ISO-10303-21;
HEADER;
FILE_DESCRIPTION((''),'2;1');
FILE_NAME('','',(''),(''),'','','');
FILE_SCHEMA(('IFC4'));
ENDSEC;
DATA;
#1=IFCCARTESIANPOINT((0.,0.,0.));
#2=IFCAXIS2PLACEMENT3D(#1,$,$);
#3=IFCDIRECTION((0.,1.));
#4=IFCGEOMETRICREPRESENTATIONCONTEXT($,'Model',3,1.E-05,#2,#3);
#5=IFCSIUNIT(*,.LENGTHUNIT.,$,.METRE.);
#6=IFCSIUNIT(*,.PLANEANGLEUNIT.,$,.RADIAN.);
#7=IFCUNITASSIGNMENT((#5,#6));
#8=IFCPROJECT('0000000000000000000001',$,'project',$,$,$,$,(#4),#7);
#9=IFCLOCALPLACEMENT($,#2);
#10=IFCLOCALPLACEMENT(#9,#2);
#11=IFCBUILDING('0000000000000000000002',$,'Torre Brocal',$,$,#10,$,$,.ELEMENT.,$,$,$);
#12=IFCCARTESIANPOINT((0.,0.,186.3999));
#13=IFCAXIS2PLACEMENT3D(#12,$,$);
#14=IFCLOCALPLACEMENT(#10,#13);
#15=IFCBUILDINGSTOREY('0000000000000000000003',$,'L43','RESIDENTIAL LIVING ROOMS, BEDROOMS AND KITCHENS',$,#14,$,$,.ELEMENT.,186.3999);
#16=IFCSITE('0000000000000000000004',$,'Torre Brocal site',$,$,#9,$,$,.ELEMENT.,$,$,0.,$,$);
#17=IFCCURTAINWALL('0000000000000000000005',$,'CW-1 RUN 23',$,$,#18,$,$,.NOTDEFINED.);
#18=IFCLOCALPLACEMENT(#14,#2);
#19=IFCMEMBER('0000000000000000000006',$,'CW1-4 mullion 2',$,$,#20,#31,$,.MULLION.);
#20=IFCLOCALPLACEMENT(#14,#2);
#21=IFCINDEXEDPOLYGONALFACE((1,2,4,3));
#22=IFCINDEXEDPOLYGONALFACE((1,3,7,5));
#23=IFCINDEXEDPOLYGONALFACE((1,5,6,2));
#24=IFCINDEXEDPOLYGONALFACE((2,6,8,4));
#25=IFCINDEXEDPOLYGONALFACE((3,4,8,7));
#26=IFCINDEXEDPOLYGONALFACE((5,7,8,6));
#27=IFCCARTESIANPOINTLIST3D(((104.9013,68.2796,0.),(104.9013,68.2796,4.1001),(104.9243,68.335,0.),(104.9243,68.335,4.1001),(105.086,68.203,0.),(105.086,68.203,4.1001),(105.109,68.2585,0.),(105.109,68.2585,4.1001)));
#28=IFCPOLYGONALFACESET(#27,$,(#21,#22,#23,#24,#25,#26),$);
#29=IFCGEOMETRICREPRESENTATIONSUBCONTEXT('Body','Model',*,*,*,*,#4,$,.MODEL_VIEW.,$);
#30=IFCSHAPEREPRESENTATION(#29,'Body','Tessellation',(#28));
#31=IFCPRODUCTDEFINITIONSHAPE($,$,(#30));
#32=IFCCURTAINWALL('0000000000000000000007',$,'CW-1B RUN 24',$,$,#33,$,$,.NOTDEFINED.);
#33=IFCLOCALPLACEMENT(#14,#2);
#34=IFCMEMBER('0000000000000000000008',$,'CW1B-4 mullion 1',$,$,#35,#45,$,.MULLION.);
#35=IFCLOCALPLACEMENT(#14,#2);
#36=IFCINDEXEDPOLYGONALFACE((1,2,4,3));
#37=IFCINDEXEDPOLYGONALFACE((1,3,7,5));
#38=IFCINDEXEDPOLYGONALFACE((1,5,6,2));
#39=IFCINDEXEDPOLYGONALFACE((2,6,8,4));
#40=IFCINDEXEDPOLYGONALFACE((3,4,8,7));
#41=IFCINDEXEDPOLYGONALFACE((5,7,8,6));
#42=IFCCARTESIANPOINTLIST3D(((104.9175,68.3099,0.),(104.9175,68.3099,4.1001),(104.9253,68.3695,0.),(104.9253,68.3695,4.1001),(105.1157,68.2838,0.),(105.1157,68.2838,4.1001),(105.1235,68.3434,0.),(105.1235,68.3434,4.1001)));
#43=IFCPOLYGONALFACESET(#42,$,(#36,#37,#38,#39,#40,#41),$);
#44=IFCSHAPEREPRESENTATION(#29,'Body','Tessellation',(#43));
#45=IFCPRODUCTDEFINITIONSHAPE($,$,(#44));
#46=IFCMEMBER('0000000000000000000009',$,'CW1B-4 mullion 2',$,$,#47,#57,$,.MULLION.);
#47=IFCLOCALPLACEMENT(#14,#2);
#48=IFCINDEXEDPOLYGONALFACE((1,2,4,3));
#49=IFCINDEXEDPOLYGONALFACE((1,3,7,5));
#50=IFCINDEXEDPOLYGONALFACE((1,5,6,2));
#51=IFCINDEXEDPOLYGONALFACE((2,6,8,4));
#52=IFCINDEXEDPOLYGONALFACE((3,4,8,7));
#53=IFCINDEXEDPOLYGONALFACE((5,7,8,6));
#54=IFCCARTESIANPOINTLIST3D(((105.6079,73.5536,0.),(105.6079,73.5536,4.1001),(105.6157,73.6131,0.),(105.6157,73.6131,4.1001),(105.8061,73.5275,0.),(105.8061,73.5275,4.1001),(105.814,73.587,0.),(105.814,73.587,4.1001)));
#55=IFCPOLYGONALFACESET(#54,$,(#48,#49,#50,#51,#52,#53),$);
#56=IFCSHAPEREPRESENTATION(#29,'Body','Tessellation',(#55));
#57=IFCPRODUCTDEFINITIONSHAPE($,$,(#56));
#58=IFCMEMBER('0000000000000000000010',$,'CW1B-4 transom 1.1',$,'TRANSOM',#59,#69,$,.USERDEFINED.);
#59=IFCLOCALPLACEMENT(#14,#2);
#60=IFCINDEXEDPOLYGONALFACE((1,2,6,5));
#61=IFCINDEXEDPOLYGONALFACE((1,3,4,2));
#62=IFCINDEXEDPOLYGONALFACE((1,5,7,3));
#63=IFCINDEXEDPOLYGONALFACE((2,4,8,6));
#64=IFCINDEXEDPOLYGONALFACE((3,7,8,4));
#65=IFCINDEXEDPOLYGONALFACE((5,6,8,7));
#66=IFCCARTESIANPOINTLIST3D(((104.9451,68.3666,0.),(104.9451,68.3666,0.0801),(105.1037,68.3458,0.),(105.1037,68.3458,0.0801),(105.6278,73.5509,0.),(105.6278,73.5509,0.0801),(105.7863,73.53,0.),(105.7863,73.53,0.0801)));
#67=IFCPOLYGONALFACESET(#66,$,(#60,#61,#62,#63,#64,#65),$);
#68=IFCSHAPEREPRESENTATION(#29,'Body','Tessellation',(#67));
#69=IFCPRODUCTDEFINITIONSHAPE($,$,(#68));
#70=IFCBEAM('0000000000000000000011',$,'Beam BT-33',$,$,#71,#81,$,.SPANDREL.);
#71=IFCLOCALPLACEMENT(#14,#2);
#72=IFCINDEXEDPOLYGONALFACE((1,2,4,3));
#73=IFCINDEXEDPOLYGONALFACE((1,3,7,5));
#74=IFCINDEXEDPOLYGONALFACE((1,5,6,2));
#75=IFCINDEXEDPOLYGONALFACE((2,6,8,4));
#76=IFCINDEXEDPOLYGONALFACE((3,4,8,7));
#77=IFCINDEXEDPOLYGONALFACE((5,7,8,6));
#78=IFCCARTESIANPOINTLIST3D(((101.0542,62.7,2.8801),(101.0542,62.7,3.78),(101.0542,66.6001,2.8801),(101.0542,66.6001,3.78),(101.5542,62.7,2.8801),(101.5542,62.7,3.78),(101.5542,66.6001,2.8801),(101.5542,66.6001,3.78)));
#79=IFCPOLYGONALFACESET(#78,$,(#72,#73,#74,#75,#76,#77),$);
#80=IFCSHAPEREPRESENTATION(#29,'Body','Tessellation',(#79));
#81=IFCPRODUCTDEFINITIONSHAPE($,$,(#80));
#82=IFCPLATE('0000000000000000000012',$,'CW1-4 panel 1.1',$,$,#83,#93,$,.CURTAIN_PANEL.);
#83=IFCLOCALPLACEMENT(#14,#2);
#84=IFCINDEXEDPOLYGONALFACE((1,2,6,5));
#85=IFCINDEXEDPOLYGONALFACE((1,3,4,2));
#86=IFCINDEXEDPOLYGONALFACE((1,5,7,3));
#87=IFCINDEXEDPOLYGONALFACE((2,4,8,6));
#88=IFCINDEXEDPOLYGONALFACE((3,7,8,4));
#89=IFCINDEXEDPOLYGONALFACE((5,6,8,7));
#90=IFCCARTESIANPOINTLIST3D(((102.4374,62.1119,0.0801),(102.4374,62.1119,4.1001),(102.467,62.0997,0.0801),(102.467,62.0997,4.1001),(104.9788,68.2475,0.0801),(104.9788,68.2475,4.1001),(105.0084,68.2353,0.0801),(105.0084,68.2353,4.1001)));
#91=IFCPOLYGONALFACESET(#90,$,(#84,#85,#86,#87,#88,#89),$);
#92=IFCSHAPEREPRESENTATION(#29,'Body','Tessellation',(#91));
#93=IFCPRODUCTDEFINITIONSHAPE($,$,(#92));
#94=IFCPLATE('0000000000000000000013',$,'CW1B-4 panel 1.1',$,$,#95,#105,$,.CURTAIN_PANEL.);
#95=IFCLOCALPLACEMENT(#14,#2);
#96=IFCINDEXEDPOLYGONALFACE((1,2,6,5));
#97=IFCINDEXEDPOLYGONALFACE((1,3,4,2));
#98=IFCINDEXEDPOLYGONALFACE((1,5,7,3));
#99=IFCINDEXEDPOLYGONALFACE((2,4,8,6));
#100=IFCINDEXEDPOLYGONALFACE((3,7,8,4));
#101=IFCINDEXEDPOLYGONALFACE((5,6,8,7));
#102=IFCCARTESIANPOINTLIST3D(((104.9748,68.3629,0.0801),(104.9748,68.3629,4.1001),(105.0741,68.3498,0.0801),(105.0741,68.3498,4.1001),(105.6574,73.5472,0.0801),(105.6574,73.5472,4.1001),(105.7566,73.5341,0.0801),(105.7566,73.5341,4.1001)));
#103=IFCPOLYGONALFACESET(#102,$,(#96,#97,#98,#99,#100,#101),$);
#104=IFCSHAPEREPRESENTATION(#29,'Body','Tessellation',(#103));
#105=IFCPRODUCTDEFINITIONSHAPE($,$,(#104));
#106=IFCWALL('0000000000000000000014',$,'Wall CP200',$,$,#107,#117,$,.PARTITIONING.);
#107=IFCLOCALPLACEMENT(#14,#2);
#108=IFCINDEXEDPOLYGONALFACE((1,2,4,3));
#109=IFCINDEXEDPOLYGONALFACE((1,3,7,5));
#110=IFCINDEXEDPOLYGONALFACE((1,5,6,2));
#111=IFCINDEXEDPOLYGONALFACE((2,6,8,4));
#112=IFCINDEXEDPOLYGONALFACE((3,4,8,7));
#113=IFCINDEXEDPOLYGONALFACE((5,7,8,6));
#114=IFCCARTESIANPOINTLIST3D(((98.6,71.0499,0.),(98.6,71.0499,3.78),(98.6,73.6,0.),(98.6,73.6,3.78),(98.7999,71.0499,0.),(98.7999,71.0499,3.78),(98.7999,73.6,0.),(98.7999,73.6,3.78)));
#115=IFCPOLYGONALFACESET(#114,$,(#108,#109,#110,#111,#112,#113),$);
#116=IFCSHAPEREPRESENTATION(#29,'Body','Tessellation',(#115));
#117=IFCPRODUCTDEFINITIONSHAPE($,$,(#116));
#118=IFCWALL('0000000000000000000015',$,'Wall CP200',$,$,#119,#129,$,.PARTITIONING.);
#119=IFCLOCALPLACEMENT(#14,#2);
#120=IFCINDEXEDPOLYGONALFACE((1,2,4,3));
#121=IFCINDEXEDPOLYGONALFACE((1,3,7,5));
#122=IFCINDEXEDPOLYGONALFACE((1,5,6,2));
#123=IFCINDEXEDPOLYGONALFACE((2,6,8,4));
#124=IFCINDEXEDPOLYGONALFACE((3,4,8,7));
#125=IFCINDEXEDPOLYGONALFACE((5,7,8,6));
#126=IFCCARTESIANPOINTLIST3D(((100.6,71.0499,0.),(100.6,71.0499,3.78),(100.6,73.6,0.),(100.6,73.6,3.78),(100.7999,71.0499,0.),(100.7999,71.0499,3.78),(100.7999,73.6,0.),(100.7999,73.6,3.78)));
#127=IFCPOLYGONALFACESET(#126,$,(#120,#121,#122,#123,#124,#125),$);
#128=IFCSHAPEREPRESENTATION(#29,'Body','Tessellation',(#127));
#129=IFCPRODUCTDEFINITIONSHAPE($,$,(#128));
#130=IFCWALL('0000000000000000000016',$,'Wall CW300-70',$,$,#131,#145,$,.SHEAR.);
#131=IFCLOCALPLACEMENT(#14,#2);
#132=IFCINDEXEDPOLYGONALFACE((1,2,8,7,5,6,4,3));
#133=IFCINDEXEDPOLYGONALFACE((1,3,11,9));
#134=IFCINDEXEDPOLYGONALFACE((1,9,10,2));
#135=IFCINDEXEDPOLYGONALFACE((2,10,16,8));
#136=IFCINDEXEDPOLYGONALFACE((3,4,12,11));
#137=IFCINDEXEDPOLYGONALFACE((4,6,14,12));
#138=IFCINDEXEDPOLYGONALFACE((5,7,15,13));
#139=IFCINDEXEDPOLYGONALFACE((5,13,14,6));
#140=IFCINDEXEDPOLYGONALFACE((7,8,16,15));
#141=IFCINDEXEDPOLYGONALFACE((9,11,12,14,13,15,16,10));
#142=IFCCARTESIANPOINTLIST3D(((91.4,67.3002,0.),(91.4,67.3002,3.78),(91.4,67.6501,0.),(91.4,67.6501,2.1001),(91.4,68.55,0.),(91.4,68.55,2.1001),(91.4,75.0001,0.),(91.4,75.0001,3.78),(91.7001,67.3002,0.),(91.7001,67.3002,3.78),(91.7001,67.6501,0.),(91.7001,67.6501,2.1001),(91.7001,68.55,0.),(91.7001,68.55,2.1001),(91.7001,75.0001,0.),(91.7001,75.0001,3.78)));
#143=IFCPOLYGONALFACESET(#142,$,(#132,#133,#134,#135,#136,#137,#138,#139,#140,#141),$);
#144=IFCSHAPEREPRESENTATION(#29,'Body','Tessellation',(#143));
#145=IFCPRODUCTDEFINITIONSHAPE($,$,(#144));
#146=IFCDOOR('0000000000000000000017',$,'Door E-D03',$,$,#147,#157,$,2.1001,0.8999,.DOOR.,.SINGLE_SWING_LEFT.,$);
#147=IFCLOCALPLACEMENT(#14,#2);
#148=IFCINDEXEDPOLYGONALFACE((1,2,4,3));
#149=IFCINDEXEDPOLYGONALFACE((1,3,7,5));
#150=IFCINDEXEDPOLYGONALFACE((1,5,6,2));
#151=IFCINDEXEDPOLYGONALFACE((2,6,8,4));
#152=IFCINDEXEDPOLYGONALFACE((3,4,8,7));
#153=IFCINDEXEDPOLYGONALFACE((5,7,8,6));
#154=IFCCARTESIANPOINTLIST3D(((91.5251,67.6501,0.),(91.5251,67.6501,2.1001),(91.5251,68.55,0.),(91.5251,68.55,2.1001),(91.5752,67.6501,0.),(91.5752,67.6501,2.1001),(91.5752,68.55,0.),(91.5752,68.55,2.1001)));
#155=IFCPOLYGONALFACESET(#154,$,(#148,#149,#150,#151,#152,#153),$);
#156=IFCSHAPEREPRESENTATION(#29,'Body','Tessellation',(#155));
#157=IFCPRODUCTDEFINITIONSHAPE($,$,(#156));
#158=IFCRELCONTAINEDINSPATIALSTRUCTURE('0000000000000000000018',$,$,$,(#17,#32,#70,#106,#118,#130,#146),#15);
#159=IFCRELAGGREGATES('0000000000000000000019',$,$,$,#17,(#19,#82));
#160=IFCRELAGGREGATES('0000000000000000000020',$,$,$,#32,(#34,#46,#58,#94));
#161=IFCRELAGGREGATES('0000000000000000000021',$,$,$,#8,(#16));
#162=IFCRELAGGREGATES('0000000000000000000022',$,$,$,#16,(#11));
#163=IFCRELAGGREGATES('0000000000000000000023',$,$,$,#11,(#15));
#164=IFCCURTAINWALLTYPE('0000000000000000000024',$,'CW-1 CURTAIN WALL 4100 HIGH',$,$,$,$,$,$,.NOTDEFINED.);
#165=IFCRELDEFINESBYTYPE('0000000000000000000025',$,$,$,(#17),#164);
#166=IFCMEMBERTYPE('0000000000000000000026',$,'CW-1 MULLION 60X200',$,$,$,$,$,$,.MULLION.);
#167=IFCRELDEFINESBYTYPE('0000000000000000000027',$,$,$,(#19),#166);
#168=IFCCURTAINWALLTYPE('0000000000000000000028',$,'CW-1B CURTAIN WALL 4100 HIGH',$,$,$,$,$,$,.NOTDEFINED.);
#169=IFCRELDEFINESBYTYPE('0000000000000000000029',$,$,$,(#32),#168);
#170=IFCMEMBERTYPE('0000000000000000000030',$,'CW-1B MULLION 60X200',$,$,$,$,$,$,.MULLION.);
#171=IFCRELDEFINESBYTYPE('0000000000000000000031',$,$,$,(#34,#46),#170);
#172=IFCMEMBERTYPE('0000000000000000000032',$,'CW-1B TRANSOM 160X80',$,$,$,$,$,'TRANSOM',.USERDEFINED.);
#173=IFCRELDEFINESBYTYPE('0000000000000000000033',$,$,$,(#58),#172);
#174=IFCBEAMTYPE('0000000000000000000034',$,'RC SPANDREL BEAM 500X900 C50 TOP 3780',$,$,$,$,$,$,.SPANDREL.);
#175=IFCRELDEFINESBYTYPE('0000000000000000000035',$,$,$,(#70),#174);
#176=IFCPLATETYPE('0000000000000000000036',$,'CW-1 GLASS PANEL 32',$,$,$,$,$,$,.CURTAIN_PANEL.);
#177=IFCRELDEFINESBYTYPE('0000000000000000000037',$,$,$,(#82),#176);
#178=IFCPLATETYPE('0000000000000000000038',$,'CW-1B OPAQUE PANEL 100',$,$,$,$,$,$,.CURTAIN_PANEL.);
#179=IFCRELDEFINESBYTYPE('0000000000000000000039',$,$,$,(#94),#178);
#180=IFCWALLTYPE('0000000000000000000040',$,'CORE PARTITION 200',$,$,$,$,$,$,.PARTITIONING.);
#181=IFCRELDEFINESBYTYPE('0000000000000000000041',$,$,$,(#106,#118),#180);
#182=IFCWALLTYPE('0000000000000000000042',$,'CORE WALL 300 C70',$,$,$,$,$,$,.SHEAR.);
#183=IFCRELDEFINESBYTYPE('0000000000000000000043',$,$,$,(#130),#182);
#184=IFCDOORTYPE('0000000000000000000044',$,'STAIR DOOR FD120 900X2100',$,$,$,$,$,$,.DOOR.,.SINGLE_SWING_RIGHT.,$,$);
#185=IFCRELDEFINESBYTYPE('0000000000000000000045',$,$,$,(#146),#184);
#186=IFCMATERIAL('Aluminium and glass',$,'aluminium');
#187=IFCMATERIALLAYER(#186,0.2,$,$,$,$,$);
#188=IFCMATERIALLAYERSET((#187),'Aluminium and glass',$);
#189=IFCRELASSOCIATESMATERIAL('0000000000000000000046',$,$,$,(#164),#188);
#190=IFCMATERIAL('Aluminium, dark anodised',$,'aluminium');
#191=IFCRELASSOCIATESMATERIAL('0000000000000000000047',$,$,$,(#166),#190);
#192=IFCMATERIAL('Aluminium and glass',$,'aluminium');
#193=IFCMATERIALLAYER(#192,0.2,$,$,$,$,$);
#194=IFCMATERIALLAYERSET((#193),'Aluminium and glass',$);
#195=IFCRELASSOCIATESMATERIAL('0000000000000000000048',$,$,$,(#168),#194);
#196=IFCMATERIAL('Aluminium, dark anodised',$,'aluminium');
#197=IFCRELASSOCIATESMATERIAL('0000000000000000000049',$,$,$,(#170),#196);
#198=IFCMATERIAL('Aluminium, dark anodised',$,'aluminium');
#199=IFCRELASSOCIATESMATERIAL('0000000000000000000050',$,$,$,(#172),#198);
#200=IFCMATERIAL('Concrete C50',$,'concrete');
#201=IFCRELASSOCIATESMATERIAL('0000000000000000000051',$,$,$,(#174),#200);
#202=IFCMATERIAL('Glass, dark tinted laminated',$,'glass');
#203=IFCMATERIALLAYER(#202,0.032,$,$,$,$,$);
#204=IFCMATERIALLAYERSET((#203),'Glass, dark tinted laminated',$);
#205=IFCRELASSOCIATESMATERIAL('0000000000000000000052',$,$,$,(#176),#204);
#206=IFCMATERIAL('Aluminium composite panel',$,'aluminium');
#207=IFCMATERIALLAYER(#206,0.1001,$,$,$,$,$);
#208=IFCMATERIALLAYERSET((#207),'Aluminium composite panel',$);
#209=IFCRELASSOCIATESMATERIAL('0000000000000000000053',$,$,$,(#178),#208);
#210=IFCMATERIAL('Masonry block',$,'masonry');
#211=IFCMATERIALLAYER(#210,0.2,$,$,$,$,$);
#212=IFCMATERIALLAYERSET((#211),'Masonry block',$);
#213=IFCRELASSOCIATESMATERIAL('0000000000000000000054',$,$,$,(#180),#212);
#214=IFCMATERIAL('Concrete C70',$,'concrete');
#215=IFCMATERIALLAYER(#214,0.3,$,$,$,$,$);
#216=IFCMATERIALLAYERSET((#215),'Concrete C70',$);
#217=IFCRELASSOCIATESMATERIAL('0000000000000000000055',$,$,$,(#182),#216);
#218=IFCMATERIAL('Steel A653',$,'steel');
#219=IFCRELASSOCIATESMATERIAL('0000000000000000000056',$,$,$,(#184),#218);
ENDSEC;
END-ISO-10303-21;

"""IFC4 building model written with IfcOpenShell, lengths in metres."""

from ifc_helpers import new_model, si_unit, direction, frame, frame_2d, origin, origin_2d, place, context, subcontext, project, spatial, rectangle, extrude, material, layer, layer_set, material_profile, profile_set, type_object, element, fill, aggregate, save


model = new_model("IFC4")

# Units and contexts
model_context = context("Model", 3, precision=1e-05, world=origin(), true_north=direction((0.0, 1.0)))
body_context = subcontext(model_context, "Body", "Model", "MODEL_VIEW")
ifc_project = project(units=[si_unit("LENGTHUNIT", "METRE"), si_unit("PLANEANGLEUNIT", "RADIAN")], contexts=[model_context])

# Site, building, storey
site_placement = place(None, origin())
site = spatial("IfcSite", under=ifc_project, at=site_placement, Name="Torre Brocal site", CompositionType="ELEMENT", RefElevation=0.0)
building_placement = place(site_placement, origin())
building = spatial("IfcBuilding", under=site, at=building_placement, Name="Torre Brocal", CompositionType="ELEMENT")
storey_placement = place(building_placement, frame((0.0, 0.0, 186.3999)))
storey = spatial("IfcBuildingStorey", under=building, at=storey_placement, Name="L43", Description="RESIDENTIAL LIVING ROOMS, BEDROOMS AND KITCHENS", CompositionType="ELEMENT", Elevation=186.3999)

# Curtain wall, member
ifc_material_1 = material(Name="Aluminium and glass", Category="aluminium")
ifc_layer_1 = layer(ifc_material_1, 0.2)
ifc_layer_set_1 = layer_set([ifc_layer_1], Name="Aluminium and glass")
curtain_wall_type_1 = type_object("IfcCurtainWallType", Name="CW-1 CURTAIN WALL 4100 HIGH", PredefinedType="NOTDEFINED", material=ifc_layer_set_1)
curtain_wall_1_placement = place(storey_placement, origin())
curtain_wall_1 = element("IfcCurtainWall", 1, at=curtain_wall_1_placement, inside=storey, type_object=curtain_wall_type_1, Name="CW-1 RUN 23", PredefinedType="NOTDEFINED")
ifc_material_2 = material(Name="Aluminium, dark anodised", Category="aluminium")
ifc_material_profile_1 = material_profile(ifc_material_2, rectangle(XDim=0.2, YDim=0.0601, at=origin_2d()), Name="CW-1 MULLION 60X200")
ifc_profile_set_1 = profile_set([ifc_material_profile_1], Name="Aluminium, dark anodised")
member_type_1 = type_object("IfcMemberType", Name="CW-1 MULLION 60X200", PredefinedType="MULLION", material=ifc_profile_set_1)
member_1_placement = place(storey_placement, frame((105.0051, 68.269, 0.0), z_axis=(0.0, 0.0, 1.0), x_axis=(-0.92388, 0.382683, 0.0)))
member_1 = element("IfcMember", 2, at=member_1_placement, type_object=member_type_1, Name="CW1-4 mullion 2", PredefinedType="MULLION", context=body_context, shape_type="SweptSolid", body=[
    extrude(rectangle(XDim=0.2, YDim=0.0601, at=origin_2d()), origin(), (0.0, 0.0, 1.0), 4.1001),
])

# Curtain wall, members
ifc_material_3 = material(Name="Aluminium and glass", Category="aluminium")
ifc_layer_2 = layer(ifc_material_3, 0.2)
ifc_layer_set_2 = layer_set([ifc_layer_2], Name="Aluminium and glass")
curtain_wall_type_2 = type_object("IfcCurtainWallType", Name="CW-1B CURTAIN WALL 4100 HIGH", PredefinedType="NOTDEFINED", material=ifc_layer_set_2)
curtain_wall_2_placement = place(storey_placement, origin())
curtain_wall_2 = element("IfcCurtainWall", 3, at=curtain_wall_2_placement, inside=storey, type_object=curtain_wall_type_2, Name="CW-1B RUN 24", PredefinedType="NOTDEFINED")
ifc_material_4 = material(Name="Aluminium, dark anodised", Category="aluminium")
ifc_material_profile_2 = material_profile(ifc_material_4, rectangle(XDim=0.2, YDim=0.0601, at=origin_2d()), Name="CW-1B MULLION 60X200")
ifc_profile_set_2 = profile_set([ifc_material_profile_2], Name="Aluminium, dark anodised")
member_type_2 = type_object("IfcMemberType", Name="CW-1B MULLION 60X200", PredefinedType="MULLION", material=ifc_profile_set_2)
member_2_placement = place(storey_placement, frame((105.0205, 68.3267, 0.0), z_axis=(0.0, 0.0, 1.0), x_axis=(-0.991445, 0.130526, 0.0)))
member_2 = element("IfcMember", 4, at=member_2_placement, type_object=member_type_2, Name="CW1B-4 mullion 1", PredefinedType="MULLION", context=body_context, shape_type="SweptSolid", body=[
    extrude(rectangle(XDim=0.2, YDim=0.0601, at=origin_2d()), origin(), (0.0, 0.0, 1.0), 4.1001),
])
member_3_placement = place(storey_placement, frame((105.7109, 73.5703, 0.0), z_axis=(0.0, 0.0, 1.0), x_axis=(-0.991445, 0.130526, 0.0)))
member_3 = element("IfcMember", 5, at=member_3_placement, type_object=member_type_2, Name="CW1B-4 mullion 2", PredefinedType="MULLION", context=body_context, shape_type="SweptSolid", body=[
    extrude(rectangle(XDim=0.2, YDim=0.0601, at=origin_2d()), origin(), (0.0, 0.0, 1.0), 4.1001),
])
ifc_material_5 = material(Name="Aluminium, dark anodised", Category="aluminium")
ifc_material_profile_3 = material_profile(ifc_material_5, rectangle(XDim=0.1599, YDim=0.0801, at=origin_2d()), Name="CW-1B TRANSOM 160X80")
ifc_profile_set_3 = profile_set([ifc_material_profile_3], Name="Aluminium, dark anodised")
member_type_3 = type_object("IfcMemberType", Name="CW-1B TRANSOM 160X80", ElementType="TRANSOM", PredefinedType="USERDEFINED", material=ifc_profile_set_3)
member_4_placement = place(storey_placement, frame((105.0244, 68.3562, 0.04), z_axis=(0.130543, 0.991443, 0.0), x_axis=(-0.991443, 0.130543, 0.0)))
member_4 = element("IfcMember", 6, at=member_4_placement, type_object=member_type_3, Name="CW1B-4 transom 1.1", ObjectType="TRANSOM", PredefinedType="USERDEFINED", context=body_context, shape_type="SweptSolid", body=[
    extrude(rectangle(XDim=0.1599, YDim=0.0801, at=origin_2d()), origin(), (0.0, 0.0, 1.0), 5.229),
])

# Beam
ifc_material_6 = material(Name="Concrete C50", Category="concrete")
ifc_material_profile_4 = material_profile(ifc_material_6, rectangle(XDim=0.5, YDim=0.8999, at=origin_2d()), Name="RC 500X900")
ifc_profile_set_4 = profile_set([ifc_material_profile_4], Name="Concrete C50")
beam_type = type_object("IfcBeamType", Name="RC SPANDREL BEAM 500X900 C50 TOP 3780", PredefinedType="SPANDREL", material=ifc_profile_set_4)
beam_placement = place(storey_placement, frame((101.3042, 62.7, 3.3301), z_axis=(0.0, 1.0, 0.0), x_axis=(-1.0, 0.0, 0.0)))
element("IfcBeam", 7, at=beam_placement, inside=storey, type_object=beam_type, Name="Beam BT-33", PredefinedType="SPANDREL", context=body_context, shape_type="SweptSolid", body=[
    extrude(rectangle(XDim=0.5, YDim=0.8999, at=origin_2d()), origin(), (0.0, 0.0, 1.0), 3.9001),
])

# Plates
ifc_material_7 = material(Name="Glass, dark tinted laminated", Category="glass")
ifc_layer_3 = layer(ifc_material_7, 0.032)
ifc_layer_set_3 = layer_set([ifc_layer_3], Name="Glass, dark tinted laminated")
plate_type_1 = type_object("IfcPlateType", Name="CW-1 GLASS PANEL 32", PredefinedType="CURTAIN_PANEL", material=ifc_layer_set_3)
plate_1_placement = place(storey_placement, frame((103.7229, 65.1736, 0.0801), z_axis=(0.0, 0.0, 1.0), x_axis=(0.382683, 0.92388, 0.0)))
plate_1 = element("IfcPlate", 8, at=plate_1_placement, type_object=plate_type_1, Name="CW1-4 panel 1.1", PredefinedType="CURTAIN_PANEL", context=body_context, shape_type="SweptSolid", body=[
    extrude(rectangle(XDim=6.6411, YDim=0.032, at=origin_2d()), origin(), (0.0, 0.0, 1.0), 4.02),
])
aggregate(curtain_wall_1, [member_1, plate_1])
ifc_material_8 = material(Name="Aluminium composite panel", Category="aluminium")
ifc_layer_4 = layer(ifc_material_8, 0.1001)
ifc_layer_set_4 = layer_set([ifc_layer_4], Name="Aluminium composite panel")
plate_type_2 = type_object("IfcPlateType", Name="CW-1B OPAQUE PANEL 100", PredefinedType="CURTAIN_PANEL", material=ifc_layer_set_4)
plate_2_placement = place(storey_placement, frame((105.3657, 70.9485, 0.0801), z_axis=(0.0, 0.0, 1.0), x_axis=(0.130526, 0.991445, 0.0)))
plate_2 = element("IfcPlate", 9, at=plate_2_placement, type_object=plate_type_2, Name="CW1B-4 panel 1.1", PredefinedType="CURTAIN_PANEL", context=body_context, shape_type="SweptSolid", body=[
    extrude(rectangle(XDim=5.229, YDim=0.1001, at=origin_2d()), origin(), (0.0, 0.0, 1.0), 4.02),
])
aggregate(curtain_wall_2, [member_2, member_3, member_4, plate_2])

# Walls
ifc_material_9 = material(Name="Masonry block", Category="masonry")
ifc_layer_5 = layer(ifc_material_9, 0.2)
ifc_layer_set_5 = layer_set([ifc_layer_5], Name="Masonry block")
wall_type_1 = type_object("IfcWallType", Name="CORE PARTITION 200", PredefinedType="PARTITIONING", material=ifc_layer_set_5)
for number, where, z_axis, x_axis, name in (
    (10, (98.7, 71.05, 0.0), (0.0, 0.0, 1.0), (0.0, 1.0, 0.0), "Wall CP200"),
    (11, (100.7, 71.05, 0.0), (0.0, 0.0, 1.0), (0.0, 1.0, 0.0), "Wall CP200"),
):
    element("IfcWall", number, at=place(storey_placement, frame(where, z_axis=z_axis, x_axis=x_axis)), inside=storey, type_object=wall_type_1, Name=name, PredefinedType="PARTITIONING", context=body_context, shape_type="SweptSolid", body=[
        extrude(rectangle(XDim=2.55, YDim=0.2, at=frame_2d((1.2749, 0.0))), origin(), (0.0, 0.0, 1.0), 3.78),
    ])

# Wall, opening, door
ifc_material_10 = material(Name="Concrete C70", Category="concrete")
ifc_layer_6 = layer(ifc_material_10, 0.3)
ifc_layer_set_6 = layer_set([ifc_layer_6], Name="Concrete C70")
wall_type_2 = type_object("IfcWallType", Name="CORE WALL 300 C70", PredefinedType="SHEAR", material=ifc_layer_set_6)
wall_1_placement = place(storey_placement, frame((91.55, 67.3, 0.0), z_axis=(0.0, 0.0, 1.0), x_axis=(0.0, 1.0, 0.0)))
wall_1 = element("IfcWall", 12, at=wall_1_placement, inside=storey, type_object=wall_type_2, Name="Wall CW300-70", PredefinedType="SHEAR", context=body_context, shape_type="SweptSolid", body=[
    extrude(rectangle(XDim=7.7, YDim=0.3, at=frame_2d((3.8501, 0.0))), origin(), (0.0, 0.0, 1.0), 3.78),
])
opening_1_placement = place(wall_1_placement, frame((0.3501, 0.0, 0.0)))
opening_1 = element("IfcOpeningElement", 13, at=opening_1_placement, cuts=wall_1, PredefinedType="OPENING", context=body_context, shape_type="SweptSolid", body=[
    extrude(rectangle(XDim=0.8999, YDim=2.1001, at=frame_2d((0.45, 1.05))), frame((0.0, 0.1599, 0.0), z_axis=(0.0, -1.0, 0.0), x_axis=(1.0, 0.0, 0.0)), (0.0, 0.0, 1.0), 0.3201),
])
ifc_material_11 = material(Name="Steel A653", Category="steel")
door_type_1 = type_object("IfcDoorType", Name="STAIR DOOR FD120 900X2100", OperationType="SINGLE_SWING_RIGHT", PredefinedType="DOOR", material=ifc_material_11)
door_1_placement = place(opening_1_placement, origin())
door_1 = element("IfcDoor", 14, at=door_1_placement, inside=storey, type_object=door_type_1, Name="Door E-D03", OperationType="SINGLE_SWING_LEFT", OverallHeight=2.1001, OverallWidth=0.8999, PredefinedType="DOOR", context=body_context, shape_type="SweptSolid", body=[
    extrude(rectangle(XDim=0.8999, YDim=2.1001, at=frame_2d((0.45, 1.05))), frame((0.0, 0.0249, 0.0), z_axis=(0.0, -1.0, 0.0), x_axis=(1.0, 0.0, 0.0)), (0.0, 0.0, 1.0), 0.05),
])
fill(opening_1, door_1)

save(model, "model.ifc")
